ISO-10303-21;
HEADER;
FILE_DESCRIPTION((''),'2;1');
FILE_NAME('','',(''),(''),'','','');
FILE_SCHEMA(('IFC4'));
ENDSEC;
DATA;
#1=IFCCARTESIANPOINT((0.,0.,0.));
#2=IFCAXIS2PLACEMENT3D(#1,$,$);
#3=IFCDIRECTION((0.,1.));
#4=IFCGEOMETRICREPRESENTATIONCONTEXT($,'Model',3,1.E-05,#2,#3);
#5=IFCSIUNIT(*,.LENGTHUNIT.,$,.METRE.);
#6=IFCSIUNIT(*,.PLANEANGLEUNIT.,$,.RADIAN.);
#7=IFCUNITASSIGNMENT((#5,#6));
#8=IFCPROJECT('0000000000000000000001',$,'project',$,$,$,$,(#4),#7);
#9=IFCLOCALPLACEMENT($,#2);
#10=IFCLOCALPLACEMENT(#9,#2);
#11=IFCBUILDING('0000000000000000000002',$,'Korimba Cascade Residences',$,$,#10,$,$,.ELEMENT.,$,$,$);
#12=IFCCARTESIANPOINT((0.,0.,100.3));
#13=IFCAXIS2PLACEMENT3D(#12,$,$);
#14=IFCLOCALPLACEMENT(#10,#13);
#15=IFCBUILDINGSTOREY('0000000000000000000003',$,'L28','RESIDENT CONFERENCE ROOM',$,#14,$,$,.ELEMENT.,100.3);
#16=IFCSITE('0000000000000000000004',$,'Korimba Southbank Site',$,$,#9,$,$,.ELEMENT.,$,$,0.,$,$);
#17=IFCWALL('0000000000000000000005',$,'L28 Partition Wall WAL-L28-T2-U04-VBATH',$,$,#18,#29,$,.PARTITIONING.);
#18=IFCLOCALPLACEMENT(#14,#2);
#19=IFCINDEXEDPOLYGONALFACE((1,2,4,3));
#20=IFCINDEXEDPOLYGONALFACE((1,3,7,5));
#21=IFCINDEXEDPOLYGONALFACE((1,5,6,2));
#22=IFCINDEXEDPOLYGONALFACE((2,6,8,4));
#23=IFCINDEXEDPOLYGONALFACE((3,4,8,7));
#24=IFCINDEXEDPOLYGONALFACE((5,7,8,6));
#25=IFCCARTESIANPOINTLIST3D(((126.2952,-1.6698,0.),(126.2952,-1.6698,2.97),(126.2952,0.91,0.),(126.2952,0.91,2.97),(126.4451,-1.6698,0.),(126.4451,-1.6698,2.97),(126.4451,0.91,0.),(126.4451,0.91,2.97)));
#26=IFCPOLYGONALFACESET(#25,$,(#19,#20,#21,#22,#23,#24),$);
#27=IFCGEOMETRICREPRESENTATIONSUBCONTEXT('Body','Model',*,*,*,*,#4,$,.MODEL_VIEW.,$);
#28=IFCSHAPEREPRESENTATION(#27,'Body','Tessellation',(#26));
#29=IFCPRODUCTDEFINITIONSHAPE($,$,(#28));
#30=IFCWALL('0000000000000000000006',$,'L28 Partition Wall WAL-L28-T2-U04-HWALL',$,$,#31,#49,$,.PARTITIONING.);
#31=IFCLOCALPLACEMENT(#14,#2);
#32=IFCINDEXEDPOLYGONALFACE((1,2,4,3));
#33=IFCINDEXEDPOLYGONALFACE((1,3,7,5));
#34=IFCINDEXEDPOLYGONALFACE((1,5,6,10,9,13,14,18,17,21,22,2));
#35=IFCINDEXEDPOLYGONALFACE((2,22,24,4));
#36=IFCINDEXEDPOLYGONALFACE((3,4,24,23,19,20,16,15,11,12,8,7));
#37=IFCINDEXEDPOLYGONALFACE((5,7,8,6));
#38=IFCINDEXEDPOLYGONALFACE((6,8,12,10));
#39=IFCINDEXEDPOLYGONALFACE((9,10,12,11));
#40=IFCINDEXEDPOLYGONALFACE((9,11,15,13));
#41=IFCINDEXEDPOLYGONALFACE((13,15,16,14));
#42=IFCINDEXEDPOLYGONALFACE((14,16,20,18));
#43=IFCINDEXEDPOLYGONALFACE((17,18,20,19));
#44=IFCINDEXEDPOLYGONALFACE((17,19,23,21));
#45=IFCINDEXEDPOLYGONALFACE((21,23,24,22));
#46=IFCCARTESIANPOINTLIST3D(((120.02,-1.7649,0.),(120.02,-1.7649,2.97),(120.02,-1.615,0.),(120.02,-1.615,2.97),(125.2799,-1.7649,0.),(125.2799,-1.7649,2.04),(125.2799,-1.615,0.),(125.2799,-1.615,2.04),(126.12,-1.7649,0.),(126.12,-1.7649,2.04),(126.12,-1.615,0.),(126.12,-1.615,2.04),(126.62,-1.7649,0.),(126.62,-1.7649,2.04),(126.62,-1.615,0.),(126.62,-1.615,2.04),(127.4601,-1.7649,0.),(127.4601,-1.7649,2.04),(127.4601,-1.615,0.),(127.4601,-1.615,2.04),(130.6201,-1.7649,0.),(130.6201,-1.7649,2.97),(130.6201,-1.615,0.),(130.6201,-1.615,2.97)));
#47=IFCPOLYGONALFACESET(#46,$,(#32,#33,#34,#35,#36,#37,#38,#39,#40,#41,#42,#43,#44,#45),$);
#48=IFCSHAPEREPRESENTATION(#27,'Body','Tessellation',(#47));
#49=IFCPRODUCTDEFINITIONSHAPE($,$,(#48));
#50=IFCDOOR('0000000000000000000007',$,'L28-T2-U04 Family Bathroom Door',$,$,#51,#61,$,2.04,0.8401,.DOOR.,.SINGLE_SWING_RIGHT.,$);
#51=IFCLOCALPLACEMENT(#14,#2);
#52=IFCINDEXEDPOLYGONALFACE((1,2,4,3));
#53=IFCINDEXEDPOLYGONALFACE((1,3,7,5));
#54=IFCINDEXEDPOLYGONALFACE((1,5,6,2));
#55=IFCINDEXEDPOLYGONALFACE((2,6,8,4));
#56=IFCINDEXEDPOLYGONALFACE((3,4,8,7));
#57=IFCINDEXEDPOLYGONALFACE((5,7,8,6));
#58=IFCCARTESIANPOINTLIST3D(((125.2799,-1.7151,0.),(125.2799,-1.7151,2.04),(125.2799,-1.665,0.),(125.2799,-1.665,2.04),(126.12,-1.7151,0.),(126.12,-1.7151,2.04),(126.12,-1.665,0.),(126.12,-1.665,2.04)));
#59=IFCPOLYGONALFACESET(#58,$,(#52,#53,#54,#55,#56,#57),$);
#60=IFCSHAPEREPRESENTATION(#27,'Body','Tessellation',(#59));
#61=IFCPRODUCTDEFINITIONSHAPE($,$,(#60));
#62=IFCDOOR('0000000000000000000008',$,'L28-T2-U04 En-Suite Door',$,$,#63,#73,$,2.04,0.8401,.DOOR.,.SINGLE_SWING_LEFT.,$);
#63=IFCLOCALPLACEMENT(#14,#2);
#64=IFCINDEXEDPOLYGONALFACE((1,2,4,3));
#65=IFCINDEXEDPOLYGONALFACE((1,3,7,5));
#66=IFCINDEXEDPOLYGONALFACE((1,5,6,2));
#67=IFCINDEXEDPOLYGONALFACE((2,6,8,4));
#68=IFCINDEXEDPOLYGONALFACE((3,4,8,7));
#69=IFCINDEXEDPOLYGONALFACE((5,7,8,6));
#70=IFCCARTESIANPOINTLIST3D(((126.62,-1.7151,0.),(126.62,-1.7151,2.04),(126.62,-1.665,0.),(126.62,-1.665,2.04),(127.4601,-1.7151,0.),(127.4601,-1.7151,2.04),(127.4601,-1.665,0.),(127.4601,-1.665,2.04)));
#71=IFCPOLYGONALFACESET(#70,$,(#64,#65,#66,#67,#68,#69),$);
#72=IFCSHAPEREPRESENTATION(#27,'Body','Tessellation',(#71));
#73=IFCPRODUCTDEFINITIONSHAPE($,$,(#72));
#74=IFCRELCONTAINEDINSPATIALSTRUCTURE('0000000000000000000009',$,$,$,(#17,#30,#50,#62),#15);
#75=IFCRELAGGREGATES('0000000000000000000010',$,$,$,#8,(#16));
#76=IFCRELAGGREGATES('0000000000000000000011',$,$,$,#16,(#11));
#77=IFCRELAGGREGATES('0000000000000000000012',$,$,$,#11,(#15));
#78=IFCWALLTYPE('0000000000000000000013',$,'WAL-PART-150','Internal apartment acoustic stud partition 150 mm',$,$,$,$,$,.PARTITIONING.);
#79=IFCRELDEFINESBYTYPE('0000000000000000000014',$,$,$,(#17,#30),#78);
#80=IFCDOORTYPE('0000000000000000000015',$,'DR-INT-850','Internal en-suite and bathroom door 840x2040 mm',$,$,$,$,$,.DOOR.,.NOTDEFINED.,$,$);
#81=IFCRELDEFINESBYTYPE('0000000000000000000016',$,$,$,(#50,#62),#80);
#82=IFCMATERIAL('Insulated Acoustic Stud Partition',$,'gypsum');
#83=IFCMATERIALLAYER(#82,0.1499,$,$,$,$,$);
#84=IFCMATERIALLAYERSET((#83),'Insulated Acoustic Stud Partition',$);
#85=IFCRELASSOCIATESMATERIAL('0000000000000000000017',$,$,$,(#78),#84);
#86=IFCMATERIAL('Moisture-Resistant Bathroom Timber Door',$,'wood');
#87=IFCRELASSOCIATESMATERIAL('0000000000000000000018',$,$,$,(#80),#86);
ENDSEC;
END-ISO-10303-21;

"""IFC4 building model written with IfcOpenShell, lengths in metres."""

from ifc_helpers import new_model, si_unit, direction, frame, frame_2d, origin, place, context, subcontext, project, spatial, rectangle, extrude, material, layer, layer_set, type_object, element, fill, save


model = new_model("IFC4")

# Units and contexts
model_context = context("Model", 3, precision=1e-05, world=origin(), true_north=direction((0.0, 1.0)))
body_context = subcontext(model_context, "Body", "Model", "MODEL_VIEW")
ifc_project = project(units=[si_unit("LENGTHUNIT", "METRE"), si_unit("PLANEANGLEUNIT", "RADIAN")], contexts=[model_context])

# Site, building, storey
site_placement = place(None, origin())
site = spatial("IfcSite", under=ifc_project, at=site_placement, Name="Korimba Southbank Site", CompositionType="ELEMENT", RefElevation=0.0)
building_placement = place(site_placement, origin())
building = spatial("IfcBuilding", under=site, at=building_placement, Name="Korimba Cascade Residences", CompositionType="ELEMENT")
storey_placement = place(building_placement, frame((0.0, 0.0, 100.3)))
storey = spatial("IfcBuildingStorey", under=building, at=storey_placement, Name="L28", Description="RESIDENT CONFERENCE ROOM", CompositionType="ELEMENT", Elevation=100.3)

# Shared definitions
ifc_material_1 = material(Name="Insulated Acoustic Stud Partition", Category="gypsum")
ifc_layer = layer(ifc_material_1, 0.1499)
ifc_layer_set = layer_set([ifc_layer], Name="Insulated Acoustic Stud Partition")
wall_type = type_object("IfcWallType", Name="WAL-PART-150", Description="Internal apartment acoustic stud partition 150 mm", PredefinedType="PARTITIONING", material=ifc_layer_set)
ifc_material_2 = material(Name="Moisture-Resistant Bathroom Timber Door", Category="wood")
door_type_1 = type_object("IfcDoorType", Name="DR-INT-850", Description="Internal en-suite and bathroom door 840x2040 mm", OperationType="NOTDEFINED", PredefinedType="DOOR", material=ifc_material_2)

# Wall
wall_1_placement = place(storey_placement, frame((126.3701, -1.6699, 0.0), z_axis=(0.0, 0.0, 1.0), x_axis=(0.0, 1.0, 0.0)))
element("IfcWall", 1, at=wall_1_placement, inside=storey, type_object=wall_type, Name="L28 Partition Wall WAL-L28-T2-U04-VBATH", PredefinedType="PARTITIONING", context=body_context, shape_type="SweptSolid", body=[
    extrude(rectangle(XDim=2.5798, YDim=0.1499, at=frame_2d((1.29, 0.0))), origin(), (0.0, 0.0, 1.0), 2.97),
])

# Wall, openings, doors
wall_2_placement = place(storey_placement, frame((120.02, -1.6899, 0.0), z_axis=(0.0, 0.0, 1.0), x_axis=(1.0, 0.0, 0.0)))
wall_2 = element("IfcWall", 2, at=wall_2_placement, inside=storey, type_object=wall_type, Name="L28 Partition Wall WAL-L28-T2-U04-HWALL", PredefinedType="PARTITIONING", context=body_context, shape_type="SweptSolid", body=[
    extrude(rectangle(XDim=10.6001, YDim=0.1499, at=frame_2d((5.3, 0.0))), origin(), (0.0, 0.0, 1.0), 2.97),
])
opening_1_placement = place(wall_2_placement, frame((5.26, 0.0, 0.0)))
opening_1 = element("IfcOpeningElement", 3, at=opening_1_placement, cuts=wall_2, PredefinedType="OPENING", context=body_context, shape_type="SweptSolid", body=[
    extrude(rectangle(XDim=0.8401, YDim=2.04, at=frame_2d((0.4199, 1.02))), frame((0.0, 0.085, 0.0), z_axis=(0.0, -1.0, 0.0), x_axis=(1.0, 0.0, 0.0)), (0.0, 0.0, 1.0), 0.1699),
])
opening_2_placement = place(wall_2_placement, frame((6.6001, 0.0, 0.0)))
opening_2 = element("IfcOpeningElement", 4, at=opening_2_placement, cuts=wall_2, PredefinedType="OPENING", context=body_context, shape_type="SweptSolid", body=[
    extrude(rectangle(XDim=0.8401, YDim=2.04, at=frame_2d((0.4199, 1.02))), frame((0.0, 0.085, 0.0), z_axis=(0.0, -1.0, 0.0), x_axis=(1.0, 0.0, 0.0)), (0.0, 0.0, 1.0), 0.1699),
])
door_1_placement = place(opening_1_placement, origin())
door_1 = element("IfcDoor", 5, at=door_1_placement, inside=storey, type_object=door_type_1, Name="L28-T2-U04 Family Bathroom Door", OperationType="SINGLE_SWING_RIGHT", OverallHeight=2.04, OverallWidth=0.8401, PredefinedType="DOOR", context=body_context, shape_type="SweptSolid", body=[
    extrude(rectangle(XDim=0.8401, YDim=2.04, at=frame_2d((0.4199, 1.02))), frame((0.0, 0.0249, 0.0), z_axis=(0.0, -1.0, 0.0), x_axis=(1.0, 0.0, 0.0)), (0.0, 0.0, 1.0), 0.05),
])
fill(opening_1, door_1)
door_2_placement = place(opening_2_placement, origin())
door_2 = element("IfcDoor", 6, at=door_2_placement, inside=storey, type_object=door_type_1, Name="L28-T2-U04 En-Suite Door", OperationType="SINGLE_SWING_LEFT", OverallHeight=2.04, OverallWidth=0.8401, PredefinedType="DOOR", context=body_context, shape_type="SweptSolid", body=[
    extrude(rectangle(XDim=0.8401, YDim=2.04, at=frame_2d((0.4199, 1.02))), frame((0.0, 0.0249, 0.0), z_axis=(0.0, -1.0, 0.0), x_axis=(1.0, 0.0, 0.0)), (0.0, 0.0, 1.0), 0.05),
])
fill(opening_2, door_2)

save(model, "model.ifc")
